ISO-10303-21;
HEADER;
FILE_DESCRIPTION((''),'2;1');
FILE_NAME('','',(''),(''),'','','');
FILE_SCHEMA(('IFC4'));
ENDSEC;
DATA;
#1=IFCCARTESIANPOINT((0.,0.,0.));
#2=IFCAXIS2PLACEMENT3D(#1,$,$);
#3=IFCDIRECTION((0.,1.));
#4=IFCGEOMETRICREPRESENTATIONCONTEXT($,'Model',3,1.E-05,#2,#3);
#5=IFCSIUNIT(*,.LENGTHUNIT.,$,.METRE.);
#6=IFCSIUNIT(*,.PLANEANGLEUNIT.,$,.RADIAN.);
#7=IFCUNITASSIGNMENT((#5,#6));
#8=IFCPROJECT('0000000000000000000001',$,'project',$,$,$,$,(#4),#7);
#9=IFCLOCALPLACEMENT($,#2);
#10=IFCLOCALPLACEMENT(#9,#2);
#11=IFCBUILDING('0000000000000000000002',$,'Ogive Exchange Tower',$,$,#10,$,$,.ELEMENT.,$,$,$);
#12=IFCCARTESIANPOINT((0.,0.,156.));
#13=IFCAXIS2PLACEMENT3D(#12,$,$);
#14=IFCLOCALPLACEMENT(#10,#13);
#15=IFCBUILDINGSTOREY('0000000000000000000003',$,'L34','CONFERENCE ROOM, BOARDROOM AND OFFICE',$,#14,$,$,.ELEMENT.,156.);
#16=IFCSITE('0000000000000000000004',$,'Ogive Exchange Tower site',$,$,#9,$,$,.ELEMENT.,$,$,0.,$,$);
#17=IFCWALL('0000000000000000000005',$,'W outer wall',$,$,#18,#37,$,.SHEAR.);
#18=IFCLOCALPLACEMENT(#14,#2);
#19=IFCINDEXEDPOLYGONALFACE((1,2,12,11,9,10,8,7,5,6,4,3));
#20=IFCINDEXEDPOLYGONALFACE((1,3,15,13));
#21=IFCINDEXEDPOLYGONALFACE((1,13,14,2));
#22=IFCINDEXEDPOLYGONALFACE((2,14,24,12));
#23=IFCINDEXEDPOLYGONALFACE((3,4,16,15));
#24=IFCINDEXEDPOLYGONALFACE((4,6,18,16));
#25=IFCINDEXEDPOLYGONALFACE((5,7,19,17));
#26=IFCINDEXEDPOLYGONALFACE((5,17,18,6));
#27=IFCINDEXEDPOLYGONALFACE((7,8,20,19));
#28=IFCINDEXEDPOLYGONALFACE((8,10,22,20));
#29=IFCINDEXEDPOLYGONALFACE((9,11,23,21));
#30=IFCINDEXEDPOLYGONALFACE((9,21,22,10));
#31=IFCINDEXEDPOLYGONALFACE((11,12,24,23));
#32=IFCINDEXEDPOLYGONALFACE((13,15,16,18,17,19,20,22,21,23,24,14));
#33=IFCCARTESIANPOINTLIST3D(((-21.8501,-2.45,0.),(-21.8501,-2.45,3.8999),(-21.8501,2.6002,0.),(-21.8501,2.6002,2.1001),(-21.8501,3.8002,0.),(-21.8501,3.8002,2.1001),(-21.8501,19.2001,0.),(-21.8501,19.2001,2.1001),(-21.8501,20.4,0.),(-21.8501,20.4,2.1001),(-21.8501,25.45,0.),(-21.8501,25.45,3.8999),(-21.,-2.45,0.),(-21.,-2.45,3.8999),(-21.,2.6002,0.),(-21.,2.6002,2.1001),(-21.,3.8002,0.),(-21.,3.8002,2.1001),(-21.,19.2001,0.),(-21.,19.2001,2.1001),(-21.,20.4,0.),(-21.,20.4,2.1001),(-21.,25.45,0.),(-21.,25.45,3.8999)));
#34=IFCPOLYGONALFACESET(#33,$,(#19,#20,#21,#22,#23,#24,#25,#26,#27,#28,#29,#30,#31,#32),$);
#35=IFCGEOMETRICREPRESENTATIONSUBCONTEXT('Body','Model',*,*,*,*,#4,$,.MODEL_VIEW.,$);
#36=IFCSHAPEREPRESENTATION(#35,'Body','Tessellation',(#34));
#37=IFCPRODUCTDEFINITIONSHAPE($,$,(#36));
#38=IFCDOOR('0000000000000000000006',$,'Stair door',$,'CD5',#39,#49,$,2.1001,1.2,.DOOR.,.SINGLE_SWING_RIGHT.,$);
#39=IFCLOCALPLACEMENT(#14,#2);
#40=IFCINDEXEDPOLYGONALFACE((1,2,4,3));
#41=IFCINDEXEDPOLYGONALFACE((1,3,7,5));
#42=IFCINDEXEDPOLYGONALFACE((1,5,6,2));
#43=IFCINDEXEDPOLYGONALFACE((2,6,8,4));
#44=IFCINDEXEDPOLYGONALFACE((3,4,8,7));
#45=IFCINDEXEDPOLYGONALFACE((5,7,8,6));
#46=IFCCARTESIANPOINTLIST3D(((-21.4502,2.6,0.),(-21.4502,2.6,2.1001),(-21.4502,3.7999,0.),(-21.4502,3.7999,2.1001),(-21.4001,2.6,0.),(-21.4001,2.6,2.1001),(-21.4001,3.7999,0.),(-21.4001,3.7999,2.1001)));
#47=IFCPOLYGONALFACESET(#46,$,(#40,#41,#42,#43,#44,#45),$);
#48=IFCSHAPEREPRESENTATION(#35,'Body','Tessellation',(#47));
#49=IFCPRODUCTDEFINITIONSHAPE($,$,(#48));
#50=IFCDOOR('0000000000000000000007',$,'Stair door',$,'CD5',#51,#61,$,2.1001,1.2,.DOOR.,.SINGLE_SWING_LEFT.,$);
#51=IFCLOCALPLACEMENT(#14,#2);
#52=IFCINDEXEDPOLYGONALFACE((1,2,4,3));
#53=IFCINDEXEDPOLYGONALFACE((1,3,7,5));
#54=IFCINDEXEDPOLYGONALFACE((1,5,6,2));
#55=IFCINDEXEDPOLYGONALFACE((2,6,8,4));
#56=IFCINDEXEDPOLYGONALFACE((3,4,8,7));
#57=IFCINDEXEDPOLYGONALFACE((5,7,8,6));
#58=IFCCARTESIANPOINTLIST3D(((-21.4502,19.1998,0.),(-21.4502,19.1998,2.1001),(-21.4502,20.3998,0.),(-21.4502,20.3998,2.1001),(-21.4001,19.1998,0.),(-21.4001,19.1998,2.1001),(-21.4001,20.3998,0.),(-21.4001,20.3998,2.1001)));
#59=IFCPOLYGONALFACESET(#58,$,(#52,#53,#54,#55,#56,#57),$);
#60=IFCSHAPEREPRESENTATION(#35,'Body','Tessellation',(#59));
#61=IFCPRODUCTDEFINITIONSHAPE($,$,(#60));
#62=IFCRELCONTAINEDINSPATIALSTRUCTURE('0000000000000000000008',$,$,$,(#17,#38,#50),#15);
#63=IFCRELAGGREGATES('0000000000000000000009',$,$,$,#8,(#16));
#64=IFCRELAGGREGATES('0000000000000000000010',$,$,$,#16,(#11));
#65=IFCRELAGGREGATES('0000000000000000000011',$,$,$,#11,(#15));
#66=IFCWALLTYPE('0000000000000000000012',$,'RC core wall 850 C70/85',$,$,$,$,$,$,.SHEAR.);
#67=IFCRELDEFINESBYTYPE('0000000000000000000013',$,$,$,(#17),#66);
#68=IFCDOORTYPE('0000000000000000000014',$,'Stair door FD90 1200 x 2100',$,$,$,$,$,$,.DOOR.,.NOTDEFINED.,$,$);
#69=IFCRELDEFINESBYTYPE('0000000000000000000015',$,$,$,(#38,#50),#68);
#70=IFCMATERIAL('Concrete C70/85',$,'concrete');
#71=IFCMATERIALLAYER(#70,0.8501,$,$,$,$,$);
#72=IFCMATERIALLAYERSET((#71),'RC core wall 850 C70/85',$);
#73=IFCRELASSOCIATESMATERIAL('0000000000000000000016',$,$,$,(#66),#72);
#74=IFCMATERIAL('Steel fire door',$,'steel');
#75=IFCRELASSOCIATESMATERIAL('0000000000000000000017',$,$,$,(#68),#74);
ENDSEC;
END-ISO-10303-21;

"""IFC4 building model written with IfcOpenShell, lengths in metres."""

from ifc_helpers import new_model, si_unit, direction, frame, frame_2d, origin, place, context, subcontext, project, spatial, rectangle, extrude, material, layer, layer_set, type_object, element, fill, save


model = new_model("IFC4")

# Units and contexts
model_context = context("Model", 3, precision=1e-05, world=origin(), true_north=direction((0.0, 1.0)))
body_context = subcontext(model_context, "Body", "Model", "MODEL_VIEW")
ifc_project = project(units=[si_unit("LENGTHUNIT", "METRE"), si_unit("PLANEANGLEUNIT", "RADIAN")], contexts=[model_context])

# Site, building, storey
site_placement = place(None, origin())
site = spatial("IfcSite", under=ifc_project, at=site_placement, Name="Ogive Exchange Tower site", CompositionType="ELEMENT", RefElevation=0.0)
building_placement = place(site_placement, origin())
building = spatial("IfcBuilding", under=site, at=building_placement, Name="Ogive Exchange Tower", CompositionType="ELEMENT")
storey_placement = place(building_placement, frame((0.0, 0.0, 156.0)))
storey = spatial("IfcBuildingStorey", under=building, at=storey_placement, Name="L34", Description="CONFERENCE ROOM, BOARDROOM AND OFFICE", CompositionType="ELEMENT", Elevation=156.0)

# Shared definitions
ifc_material_1 = material(Name="Concrete C70/85", Category="concrete")

# Wall, openings, doors
ifc_layer_1 = layer(ifc_material_1, 0.8501)
ifc_layer_set_1 = layer_set([ifc_layer_1], Name="RC core wall 850 C70/85")
wall_type_1 = type_object("IfcWallType", Name="RC core wall 850 C70/85", PredefinedType="SHEAR", material=ifc_layer_set_1)
wall_1_placement = place(storey_placement, frame((-21.425, -2.45, 0.0), z_axis=(0.0, 0.0, 1.0), x_axis=(0.0, 1.0, 0.0)))
wall_1 = element("IfcWall", 1, at=wall_1_placement, inside=storey, type_object=wall_type_1, Name="W outer wall", PredefinedType="SHEAR", context=body_context, shape_type="SweptSolid", body=[
    extrude(rectangle(XDim=27.8999, YDim=0.8501, at=frame_2d((13.95, 0.0))), origin(), (0.0, 0.0, 1.0), 3.8999),
])
opening_1_placement = place(wall_1_placement, frame((5.05, 0.0, 0.0)))
opening_1 = element("IfcOpeningElement", 2, at=opening_1_placement, cuts=wall_1, PredefinedType="OPENING", context=body_context, shape_type="SweptSolid", body=[
    extrude(rectangle(XDim=1.2, YDim=2.1001, at=frame_2d((0.6001, 1.05))), frame((0.0, 0.4351, 0.0), z_axis=(0.0, -1.0, 0.0), x_axis=(1.0, 0.0, 0.0)), (0.0, 0.0, 1.0), 0.8701),
])
opening_2_placement = place(wall_1_placement, frame((21.6499, 0.0, 0.0)))
opening_2 = element("IfcOpeningElement", 3, at=opening_2_placement, cuts=wall_1, PredefinedType="OPENING", context=body_context, shape_type="SweptSolid", body=[
    extrude(rectangle(XDim=1.2, YDim=2.1001, at=frame_2d((0.6001, 1.05))), frame((0.0, 0.4351, 0.0), z_axis=(0.0, -1.0, 0.0), x_axis=(1.0, 0.0, 0.0)), (0.0, 0.0, 1.0), 0.8701),
])
ifc_material_2 = material(Name="Steel fire door", Category="steel")
door_type_1 = type_object("IfcDoorType", Name="Stair door FD90 1200 x 2100", OperationType="NOTDEFINED", PredefinedType="DOOR", material=ifc_material_2)
door_1_placement = place(opening_1_placement, frame((1.2, 0.0, 0.0), z_axis=(0.0, 0.0, 1.0), x_axis=(-1.0, 0.0, 0.0)))
door_1 = element("IfcDoor", 4, at=door_1_placement, inside=storey, type_object=door_type_1, Name="Stair door", ObjectType="CD5", OperationType="SINGLE_SWING_RIGHT", OverallHeight=2.1001, OverallWidth=1.2, PredefinedType="DOOR", context=body_context, shape_type="SweptSolid", body=[
    extrude(rectangle(XDim=1.2, YDim=2.1001, at=frame_2d((0.6001, 1.05))), frame((0.0, 0.0249, 0.0), z_axis=(0.0, -1.0, 0.0), x_axis=(1.0, 0.0, 0.0)), (0.0, 0.0, 1.0), 0.05),
])
fill(opening_1, door_1)
door_2_placement = place(opening_2_placement, frame((1.2, 0.0, 0.0), z_axis=(0.0, 0.0, 1.0), x_axis=(-1.0, 0.0, 0.0)))
door_2 = element("IfcDoor", 5, at=door_2_placement, inside=storey, type_object=door_type_1, Name="Stair door", ObjectType="CD5", OperationType="SINGLE_SWING_LEFT", OverallHeight=2.1001, OverallWidth=1.2, PredefinedType="DOOR", context=body_context, shape_type="SweptSolid", body=[
    extrude(rectangle(XDim=1.2, YDim=2.1001, at=frame_2d((0.6001, 1.05))), frame((0.0, 0.0249, 0.0), z_axis=(0.0, -1.0, 0.0), x_axis=(1.0, 0.0, 0.0)), (0.0, 0.0, 1.0), 0.05),
])
fill(opening_2, door_2)

save(model, "model.ifc")
